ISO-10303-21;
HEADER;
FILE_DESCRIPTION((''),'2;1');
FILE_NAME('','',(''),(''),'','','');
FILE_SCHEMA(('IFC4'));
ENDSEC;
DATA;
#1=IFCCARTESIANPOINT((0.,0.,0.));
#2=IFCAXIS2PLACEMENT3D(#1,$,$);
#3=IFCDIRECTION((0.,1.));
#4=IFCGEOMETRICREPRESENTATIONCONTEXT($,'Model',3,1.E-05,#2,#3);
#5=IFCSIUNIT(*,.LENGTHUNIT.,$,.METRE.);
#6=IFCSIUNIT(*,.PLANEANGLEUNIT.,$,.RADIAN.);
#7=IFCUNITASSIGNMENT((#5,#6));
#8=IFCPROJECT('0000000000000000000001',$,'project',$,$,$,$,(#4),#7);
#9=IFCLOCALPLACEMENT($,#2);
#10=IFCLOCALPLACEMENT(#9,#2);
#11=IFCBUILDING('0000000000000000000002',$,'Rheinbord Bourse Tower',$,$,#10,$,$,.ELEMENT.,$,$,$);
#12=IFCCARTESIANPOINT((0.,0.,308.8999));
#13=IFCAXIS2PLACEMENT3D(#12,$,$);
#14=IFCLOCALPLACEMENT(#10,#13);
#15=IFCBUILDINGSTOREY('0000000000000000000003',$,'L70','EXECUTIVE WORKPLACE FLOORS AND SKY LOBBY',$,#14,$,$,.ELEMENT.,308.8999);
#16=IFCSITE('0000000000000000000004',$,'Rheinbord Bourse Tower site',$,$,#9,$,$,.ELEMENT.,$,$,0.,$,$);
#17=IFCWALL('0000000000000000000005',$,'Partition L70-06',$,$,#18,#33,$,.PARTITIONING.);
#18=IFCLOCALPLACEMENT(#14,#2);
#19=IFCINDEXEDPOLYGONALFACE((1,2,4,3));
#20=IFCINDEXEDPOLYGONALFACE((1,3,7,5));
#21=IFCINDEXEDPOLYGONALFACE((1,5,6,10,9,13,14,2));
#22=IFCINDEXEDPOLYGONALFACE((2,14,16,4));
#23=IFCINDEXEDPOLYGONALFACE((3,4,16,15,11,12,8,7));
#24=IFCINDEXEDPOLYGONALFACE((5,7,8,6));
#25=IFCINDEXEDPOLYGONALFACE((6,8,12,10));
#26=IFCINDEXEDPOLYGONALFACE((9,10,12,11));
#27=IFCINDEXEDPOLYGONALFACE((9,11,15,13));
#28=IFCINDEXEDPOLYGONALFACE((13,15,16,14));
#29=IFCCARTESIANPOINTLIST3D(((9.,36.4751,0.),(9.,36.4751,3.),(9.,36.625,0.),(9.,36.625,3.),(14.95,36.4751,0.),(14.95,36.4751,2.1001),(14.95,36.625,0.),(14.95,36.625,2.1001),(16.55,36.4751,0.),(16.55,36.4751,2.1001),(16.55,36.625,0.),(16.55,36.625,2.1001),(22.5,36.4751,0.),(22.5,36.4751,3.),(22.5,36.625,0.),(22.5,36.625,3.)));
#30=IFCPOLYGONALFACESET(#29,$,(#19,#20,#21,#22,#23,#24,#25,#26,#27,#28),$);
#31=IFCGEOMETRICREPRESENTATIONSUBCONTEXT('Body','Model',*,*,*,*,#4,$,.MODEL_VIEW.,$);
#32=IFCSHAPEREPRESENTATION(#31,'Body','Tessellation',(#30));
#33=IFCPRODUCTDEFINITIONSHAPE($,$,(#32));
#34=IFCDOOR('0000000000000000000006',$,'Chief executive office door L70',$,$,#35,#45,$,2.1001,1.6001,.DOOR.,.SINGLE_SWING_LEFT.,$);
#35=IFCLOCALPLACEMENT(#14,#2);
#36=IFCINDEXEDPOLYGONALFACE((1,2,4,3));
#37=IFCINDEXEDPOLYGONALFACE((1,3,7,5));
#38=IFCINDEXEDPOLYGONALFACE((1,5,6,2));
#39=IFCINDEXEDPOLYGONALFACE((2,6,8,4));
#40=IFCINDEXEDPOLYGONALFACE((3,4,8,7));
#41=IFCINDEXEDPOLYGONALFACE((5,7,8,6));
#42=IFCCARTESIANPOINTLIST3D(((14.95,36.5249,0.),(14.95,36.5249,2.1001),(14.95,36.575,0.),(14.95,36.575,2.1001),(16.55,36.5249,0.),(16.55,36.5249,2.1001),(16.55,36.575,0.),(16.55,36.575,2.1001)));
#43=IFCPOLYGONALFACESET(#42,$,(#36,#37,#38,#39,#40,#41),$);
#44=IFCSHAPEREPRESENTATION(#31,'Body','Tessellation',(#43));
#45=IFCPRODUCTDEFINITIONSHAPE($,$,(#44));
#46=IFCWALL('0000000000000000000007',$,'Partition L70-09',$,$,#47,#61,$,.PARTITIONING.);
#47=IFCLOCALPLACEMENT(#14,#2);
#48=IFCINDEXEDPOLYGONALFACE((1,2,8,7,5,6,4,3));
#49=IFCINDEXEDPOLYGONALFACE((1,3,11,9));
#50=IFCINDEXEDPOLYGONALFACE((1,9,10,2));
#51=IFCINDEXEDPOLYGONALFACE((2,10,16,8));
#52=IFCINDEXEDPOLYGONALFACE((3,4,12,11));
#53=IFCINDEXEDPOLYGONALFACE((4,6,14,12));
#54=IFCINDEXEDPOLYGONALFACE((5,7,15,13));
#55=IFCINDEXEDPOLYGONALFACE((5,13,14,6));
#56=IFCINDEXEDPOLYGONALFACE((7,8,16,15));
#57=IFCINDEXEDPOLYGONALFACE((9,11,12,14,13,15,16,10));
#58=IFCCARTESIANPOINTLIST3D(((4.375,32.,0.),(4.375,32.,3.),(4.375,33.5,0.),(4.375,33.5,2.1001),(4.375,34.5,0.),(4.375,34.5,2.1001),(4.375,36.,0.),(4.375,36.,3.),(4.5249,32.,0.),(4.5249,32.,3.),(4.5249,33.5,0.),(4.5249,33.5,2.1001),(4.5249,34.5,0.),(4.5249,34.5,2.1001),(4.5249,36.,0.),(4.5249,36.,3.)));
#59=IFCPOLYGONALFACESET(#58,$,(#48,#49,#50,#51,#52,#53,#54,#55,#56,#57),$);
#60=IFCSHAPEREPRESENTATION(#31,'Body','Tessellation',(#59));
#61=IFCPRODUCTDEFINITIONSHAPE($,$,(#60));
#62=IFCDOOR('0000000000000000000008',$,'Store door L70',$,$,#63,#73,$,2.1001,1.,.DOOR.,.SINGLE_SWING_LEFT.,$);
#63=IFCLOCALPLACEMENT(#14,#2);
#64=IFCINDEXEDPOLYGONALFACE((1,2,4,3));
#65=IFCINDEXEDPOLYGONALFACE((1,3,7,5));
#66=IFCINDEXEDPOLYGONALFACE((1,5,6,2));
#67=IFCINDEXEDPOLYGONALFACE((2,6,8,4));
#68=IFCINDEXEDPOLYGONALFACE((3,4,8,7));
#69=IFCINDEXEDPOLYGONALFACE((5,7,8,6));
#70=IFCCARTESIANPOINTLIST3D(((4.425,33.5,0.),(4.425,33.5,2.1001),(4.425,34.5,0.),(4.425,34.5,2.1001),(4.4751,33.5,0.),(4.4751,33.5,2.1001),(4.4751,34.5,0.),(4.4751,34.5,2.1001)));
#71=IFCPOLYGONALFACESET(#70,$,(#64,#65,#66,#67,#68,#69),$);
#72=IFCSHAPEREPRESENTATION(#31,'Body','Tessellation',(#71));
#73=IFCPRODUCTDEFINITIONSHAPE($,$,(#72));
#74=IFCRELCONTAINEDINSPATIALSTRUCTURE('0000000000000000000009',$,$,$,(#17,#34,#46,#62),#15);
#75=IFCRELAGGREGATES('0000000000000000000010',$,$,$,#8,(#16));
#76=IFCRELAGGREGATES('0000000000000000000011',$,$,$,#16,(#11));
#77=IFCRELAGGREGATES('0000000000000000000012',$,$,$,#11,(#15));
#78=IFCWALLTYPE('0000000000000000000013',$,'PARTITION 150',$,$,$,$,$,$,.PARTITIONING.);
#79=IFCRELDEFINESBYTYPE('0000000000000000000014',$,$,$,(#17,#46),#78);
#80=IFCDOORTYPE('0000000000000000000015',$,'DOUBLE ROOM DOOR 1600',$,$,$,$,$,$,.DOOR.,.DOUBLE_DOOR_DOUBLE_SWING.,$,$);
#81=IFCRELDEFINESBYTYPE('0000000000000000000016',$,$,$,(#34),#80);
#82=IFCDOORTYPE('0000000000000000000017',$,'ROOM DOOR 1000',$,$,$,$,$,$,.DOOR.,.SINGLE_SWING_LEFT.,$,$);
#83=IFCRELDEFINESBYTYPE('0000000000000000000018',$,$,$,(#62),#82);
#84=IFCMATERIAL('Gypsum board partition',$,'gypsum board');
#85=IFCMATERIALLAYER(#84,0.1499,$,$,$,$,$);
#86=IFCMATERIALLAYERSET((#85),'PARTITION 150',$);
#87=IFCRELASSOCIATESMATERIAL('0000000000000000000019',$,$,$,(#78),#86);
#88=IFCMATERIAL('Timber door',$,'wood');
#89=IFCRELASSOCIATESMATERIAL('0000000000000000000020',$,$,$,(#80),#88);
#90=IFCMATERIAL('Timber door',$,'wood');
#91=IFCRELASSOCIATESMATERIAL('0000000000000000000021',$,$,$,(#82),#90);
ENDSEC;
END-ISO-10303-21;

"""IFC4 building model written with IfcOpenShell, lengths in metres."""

from ifc_helpers import new_model, si_unit, direction, frame, frame_2d, origin, place, context, subcontext, project, spatial, rectangle, extrude, material, layer, layer_set, type_object, element, fill, save


model = new_model("IFC4")

# Units and contexts
model_context = context("Model", 3, precision=1e-05, world=origin(), true_north=direction((0.0, 1.0)))
body_context = subcontext(model_context, "Body", "Model", "MODEL_VIEW")
ifc_project = project(units=[si_unit("LENGTHUNIT", "METRE"), si_unit("PLANEANGLEUNIT", "RADIAN")], contexts=[model_context])

# Site, building, storey
site_placement = place(None, origin())
site = spatial("IfcSite", under=ifc_project, at=site_placement, Name="Rheinbord Bourse Tower site", CompositionType="ELEMENT", RefElevation=0.0)
building_placement = place(site_placement, origin())
building = spatial("IfcBuilding", under=site, at=building_placement, Name="Rheinbord Bourse Tower", CompositionType="ELEMENT")
storey_placement = place(building_placement, frame((0.0, 0.0, 308.8999)))
storey = spatial("IfcBuildingStorey", under=building, at=storey_placement, Name="L70", Description="EXECUTIVE WORKPLACE FLOORS AND SKY LOBBY", CompositionType="ELEMENT", Elevation=308.8999)

# Shared definitions
ifc_material_1 = material(Name="Gypsum board partition", Category="gypsum board")
ifc_layer_1 = layer(ifc_material_1, 0.1499)
ifc_layer_set_1 = layer_set([ifc_layer_1], Name="PARTITION 150")
wall_type = type_object("IfcWallType", Name="PARTITION 150", PredefinedType="PARTITIONING", material=ifc_layer_set_1)

# Walls, openings, doors
wall_1_placement = place(storey_placement, frame((9.0, 36.55, 0.0), z_axis=(0.0, 0.0, 1.0), x_axis=(1.0, 0.0, 0.0)))
wall_1 = element("IfcWall", 1, at=wall_1_placement, inside=storey, type_object=wall_type, Name="Partition L70-06", PredefinedType="PARTITIONING", context=body_context, shape_type="SweptSolid", body=[
    extrude(rectangle(XDim=13.5, YDim=0.1499, at=frame_2d((6.75, 0.0))), origin(), (0.0, 0.0, 1.0), 3.0),
])
opening_1_placement = place(wall_1_placement, frame((5.95, 0.0, 0.0)))
opening_1 = element("IfcOpeningElement", 2, at=opening_1_placement, cuts=wall_1, PredefinedType="OPENING", context=body_context, shape_type="SweptSolid", body=[
    extrude(rectangle(XDim=1.6001, YDim=2.1001, at=frame_2d((0.8, 1.05))), frame((0.0, 0.085, 0.0), z_axis=(0.0, -1.0, 0.0), x_axis=(1.0, 0.0, 0.0)), (0.0, 0.0, 1.0), 0.1699),
])
ifc_material_2 = material(Name="Timber door", Category="wood")
door_type_1 = type_object("IfcDoorType", Name="DOUBLE ROOM DOOR 1600", OperationType="DOUBLE_DOOR_DOUBLE_SWING", PredefinedType="DOOR", material=ifc_material_2)
door_1_placement = place(opening_1_placement, origin())
door_1 = element("IfcDoor", 3, at=door_1_placement, inside=storey, type_object=door_type_1, Name="Chief executive office door L70", OperationType="SINGLE_SWING_LEFT", OverallHeight=2.1001, OverallWidth=1.6001, PredefinedType="DOOR", context=body_context, shape_type="SweptSolid", body=[
    extrude(rectangle(XDim=1.6001, YDim=2.1001, at=frame_2d((0.8, 1.05))), frame((0.0, 0.0249, 0.0), z_axis=(0.0, -1.0, 0.0), x_axis=(1.0, 0.0, 0.0)), (0.0, 0.0, 1.0), 0.05),
])
fill(opening_1, door_1)
wall_2_placement = place(storey_placement, frame((4.45, 32.0, 0.0), z_axis=(0.0, 0.0, 1.0), x_axis=(0.0, 1.0, 0.0)))
wall_2 = element("IfcWall", 4, at=wall_2_placement, inside=storey, type_object=wall_type, Name="Partition L70-09", PredefinedType="PARTITIONING", context=body_context, shape_type="SweptSolid", body=[
    extrude(rectangle(XDim=4.0, YDim=0.1499, at=frame_2d((2.0, 0.0))), origin(), (0.0, 0.0, 1.0), 3.0),
])
opening_2_placement = place(wall_2_placement, frame((1.5, 0.0, 0.0)))
opening_2 = element("IfcOpeningElement", 5, at=opening_2_placement, cuts=wall_2, PredefinedType="OPENING", context=body_context, shape_type="SweptSolid", body=[
    extrude(rectangle(XDim=1.0, YDim=2.1001, at=frame_2d((0.5, 1.05))), frame((0.0, 0.085, 0.0), z_axis=(0.0, -1.0, 0.0), x_axis=(1.0, 0.0, 0.0)), (0.0, 0.0, 1.0), 0.1699),
])
ifc_material_3 = material(Name="Timber door", Category="wood")
door_type_2 = type_object("IfcDoorType", Name="ROOM DOOR 1000", OperationType="SINGLE_SWING_LEFT", PredefinedType="DOOR", material=ifc_material_3)
door_2_placement = place(opening_2_placement, origin())
door_2 = element("IfcDoor", 6, at=door_2_placement, inside=storey, type_object=door_type_2, Name="Store door L70", OperationType="SINGLE_SWING_LEFT", OverallHeight=2.1001, OverallWidth=1.0, PredefinedType="DOOR", context=body_context, shape_type="SweptSolid", body=[
    extrude(rectangle(XDim=1.0, YDim=2.1001, at=frame_2d((0.5, 1.05))), frame((0.0, 0.0249, 0.0), z_axis=(0.0, -1.0, 0.0), x_axis=(1.0, 0.0, 0.0)), (0.0, 0.0, 1.0), 0.05),
])
fill(opening_2, door_2)

save(model, "model.ifc")
